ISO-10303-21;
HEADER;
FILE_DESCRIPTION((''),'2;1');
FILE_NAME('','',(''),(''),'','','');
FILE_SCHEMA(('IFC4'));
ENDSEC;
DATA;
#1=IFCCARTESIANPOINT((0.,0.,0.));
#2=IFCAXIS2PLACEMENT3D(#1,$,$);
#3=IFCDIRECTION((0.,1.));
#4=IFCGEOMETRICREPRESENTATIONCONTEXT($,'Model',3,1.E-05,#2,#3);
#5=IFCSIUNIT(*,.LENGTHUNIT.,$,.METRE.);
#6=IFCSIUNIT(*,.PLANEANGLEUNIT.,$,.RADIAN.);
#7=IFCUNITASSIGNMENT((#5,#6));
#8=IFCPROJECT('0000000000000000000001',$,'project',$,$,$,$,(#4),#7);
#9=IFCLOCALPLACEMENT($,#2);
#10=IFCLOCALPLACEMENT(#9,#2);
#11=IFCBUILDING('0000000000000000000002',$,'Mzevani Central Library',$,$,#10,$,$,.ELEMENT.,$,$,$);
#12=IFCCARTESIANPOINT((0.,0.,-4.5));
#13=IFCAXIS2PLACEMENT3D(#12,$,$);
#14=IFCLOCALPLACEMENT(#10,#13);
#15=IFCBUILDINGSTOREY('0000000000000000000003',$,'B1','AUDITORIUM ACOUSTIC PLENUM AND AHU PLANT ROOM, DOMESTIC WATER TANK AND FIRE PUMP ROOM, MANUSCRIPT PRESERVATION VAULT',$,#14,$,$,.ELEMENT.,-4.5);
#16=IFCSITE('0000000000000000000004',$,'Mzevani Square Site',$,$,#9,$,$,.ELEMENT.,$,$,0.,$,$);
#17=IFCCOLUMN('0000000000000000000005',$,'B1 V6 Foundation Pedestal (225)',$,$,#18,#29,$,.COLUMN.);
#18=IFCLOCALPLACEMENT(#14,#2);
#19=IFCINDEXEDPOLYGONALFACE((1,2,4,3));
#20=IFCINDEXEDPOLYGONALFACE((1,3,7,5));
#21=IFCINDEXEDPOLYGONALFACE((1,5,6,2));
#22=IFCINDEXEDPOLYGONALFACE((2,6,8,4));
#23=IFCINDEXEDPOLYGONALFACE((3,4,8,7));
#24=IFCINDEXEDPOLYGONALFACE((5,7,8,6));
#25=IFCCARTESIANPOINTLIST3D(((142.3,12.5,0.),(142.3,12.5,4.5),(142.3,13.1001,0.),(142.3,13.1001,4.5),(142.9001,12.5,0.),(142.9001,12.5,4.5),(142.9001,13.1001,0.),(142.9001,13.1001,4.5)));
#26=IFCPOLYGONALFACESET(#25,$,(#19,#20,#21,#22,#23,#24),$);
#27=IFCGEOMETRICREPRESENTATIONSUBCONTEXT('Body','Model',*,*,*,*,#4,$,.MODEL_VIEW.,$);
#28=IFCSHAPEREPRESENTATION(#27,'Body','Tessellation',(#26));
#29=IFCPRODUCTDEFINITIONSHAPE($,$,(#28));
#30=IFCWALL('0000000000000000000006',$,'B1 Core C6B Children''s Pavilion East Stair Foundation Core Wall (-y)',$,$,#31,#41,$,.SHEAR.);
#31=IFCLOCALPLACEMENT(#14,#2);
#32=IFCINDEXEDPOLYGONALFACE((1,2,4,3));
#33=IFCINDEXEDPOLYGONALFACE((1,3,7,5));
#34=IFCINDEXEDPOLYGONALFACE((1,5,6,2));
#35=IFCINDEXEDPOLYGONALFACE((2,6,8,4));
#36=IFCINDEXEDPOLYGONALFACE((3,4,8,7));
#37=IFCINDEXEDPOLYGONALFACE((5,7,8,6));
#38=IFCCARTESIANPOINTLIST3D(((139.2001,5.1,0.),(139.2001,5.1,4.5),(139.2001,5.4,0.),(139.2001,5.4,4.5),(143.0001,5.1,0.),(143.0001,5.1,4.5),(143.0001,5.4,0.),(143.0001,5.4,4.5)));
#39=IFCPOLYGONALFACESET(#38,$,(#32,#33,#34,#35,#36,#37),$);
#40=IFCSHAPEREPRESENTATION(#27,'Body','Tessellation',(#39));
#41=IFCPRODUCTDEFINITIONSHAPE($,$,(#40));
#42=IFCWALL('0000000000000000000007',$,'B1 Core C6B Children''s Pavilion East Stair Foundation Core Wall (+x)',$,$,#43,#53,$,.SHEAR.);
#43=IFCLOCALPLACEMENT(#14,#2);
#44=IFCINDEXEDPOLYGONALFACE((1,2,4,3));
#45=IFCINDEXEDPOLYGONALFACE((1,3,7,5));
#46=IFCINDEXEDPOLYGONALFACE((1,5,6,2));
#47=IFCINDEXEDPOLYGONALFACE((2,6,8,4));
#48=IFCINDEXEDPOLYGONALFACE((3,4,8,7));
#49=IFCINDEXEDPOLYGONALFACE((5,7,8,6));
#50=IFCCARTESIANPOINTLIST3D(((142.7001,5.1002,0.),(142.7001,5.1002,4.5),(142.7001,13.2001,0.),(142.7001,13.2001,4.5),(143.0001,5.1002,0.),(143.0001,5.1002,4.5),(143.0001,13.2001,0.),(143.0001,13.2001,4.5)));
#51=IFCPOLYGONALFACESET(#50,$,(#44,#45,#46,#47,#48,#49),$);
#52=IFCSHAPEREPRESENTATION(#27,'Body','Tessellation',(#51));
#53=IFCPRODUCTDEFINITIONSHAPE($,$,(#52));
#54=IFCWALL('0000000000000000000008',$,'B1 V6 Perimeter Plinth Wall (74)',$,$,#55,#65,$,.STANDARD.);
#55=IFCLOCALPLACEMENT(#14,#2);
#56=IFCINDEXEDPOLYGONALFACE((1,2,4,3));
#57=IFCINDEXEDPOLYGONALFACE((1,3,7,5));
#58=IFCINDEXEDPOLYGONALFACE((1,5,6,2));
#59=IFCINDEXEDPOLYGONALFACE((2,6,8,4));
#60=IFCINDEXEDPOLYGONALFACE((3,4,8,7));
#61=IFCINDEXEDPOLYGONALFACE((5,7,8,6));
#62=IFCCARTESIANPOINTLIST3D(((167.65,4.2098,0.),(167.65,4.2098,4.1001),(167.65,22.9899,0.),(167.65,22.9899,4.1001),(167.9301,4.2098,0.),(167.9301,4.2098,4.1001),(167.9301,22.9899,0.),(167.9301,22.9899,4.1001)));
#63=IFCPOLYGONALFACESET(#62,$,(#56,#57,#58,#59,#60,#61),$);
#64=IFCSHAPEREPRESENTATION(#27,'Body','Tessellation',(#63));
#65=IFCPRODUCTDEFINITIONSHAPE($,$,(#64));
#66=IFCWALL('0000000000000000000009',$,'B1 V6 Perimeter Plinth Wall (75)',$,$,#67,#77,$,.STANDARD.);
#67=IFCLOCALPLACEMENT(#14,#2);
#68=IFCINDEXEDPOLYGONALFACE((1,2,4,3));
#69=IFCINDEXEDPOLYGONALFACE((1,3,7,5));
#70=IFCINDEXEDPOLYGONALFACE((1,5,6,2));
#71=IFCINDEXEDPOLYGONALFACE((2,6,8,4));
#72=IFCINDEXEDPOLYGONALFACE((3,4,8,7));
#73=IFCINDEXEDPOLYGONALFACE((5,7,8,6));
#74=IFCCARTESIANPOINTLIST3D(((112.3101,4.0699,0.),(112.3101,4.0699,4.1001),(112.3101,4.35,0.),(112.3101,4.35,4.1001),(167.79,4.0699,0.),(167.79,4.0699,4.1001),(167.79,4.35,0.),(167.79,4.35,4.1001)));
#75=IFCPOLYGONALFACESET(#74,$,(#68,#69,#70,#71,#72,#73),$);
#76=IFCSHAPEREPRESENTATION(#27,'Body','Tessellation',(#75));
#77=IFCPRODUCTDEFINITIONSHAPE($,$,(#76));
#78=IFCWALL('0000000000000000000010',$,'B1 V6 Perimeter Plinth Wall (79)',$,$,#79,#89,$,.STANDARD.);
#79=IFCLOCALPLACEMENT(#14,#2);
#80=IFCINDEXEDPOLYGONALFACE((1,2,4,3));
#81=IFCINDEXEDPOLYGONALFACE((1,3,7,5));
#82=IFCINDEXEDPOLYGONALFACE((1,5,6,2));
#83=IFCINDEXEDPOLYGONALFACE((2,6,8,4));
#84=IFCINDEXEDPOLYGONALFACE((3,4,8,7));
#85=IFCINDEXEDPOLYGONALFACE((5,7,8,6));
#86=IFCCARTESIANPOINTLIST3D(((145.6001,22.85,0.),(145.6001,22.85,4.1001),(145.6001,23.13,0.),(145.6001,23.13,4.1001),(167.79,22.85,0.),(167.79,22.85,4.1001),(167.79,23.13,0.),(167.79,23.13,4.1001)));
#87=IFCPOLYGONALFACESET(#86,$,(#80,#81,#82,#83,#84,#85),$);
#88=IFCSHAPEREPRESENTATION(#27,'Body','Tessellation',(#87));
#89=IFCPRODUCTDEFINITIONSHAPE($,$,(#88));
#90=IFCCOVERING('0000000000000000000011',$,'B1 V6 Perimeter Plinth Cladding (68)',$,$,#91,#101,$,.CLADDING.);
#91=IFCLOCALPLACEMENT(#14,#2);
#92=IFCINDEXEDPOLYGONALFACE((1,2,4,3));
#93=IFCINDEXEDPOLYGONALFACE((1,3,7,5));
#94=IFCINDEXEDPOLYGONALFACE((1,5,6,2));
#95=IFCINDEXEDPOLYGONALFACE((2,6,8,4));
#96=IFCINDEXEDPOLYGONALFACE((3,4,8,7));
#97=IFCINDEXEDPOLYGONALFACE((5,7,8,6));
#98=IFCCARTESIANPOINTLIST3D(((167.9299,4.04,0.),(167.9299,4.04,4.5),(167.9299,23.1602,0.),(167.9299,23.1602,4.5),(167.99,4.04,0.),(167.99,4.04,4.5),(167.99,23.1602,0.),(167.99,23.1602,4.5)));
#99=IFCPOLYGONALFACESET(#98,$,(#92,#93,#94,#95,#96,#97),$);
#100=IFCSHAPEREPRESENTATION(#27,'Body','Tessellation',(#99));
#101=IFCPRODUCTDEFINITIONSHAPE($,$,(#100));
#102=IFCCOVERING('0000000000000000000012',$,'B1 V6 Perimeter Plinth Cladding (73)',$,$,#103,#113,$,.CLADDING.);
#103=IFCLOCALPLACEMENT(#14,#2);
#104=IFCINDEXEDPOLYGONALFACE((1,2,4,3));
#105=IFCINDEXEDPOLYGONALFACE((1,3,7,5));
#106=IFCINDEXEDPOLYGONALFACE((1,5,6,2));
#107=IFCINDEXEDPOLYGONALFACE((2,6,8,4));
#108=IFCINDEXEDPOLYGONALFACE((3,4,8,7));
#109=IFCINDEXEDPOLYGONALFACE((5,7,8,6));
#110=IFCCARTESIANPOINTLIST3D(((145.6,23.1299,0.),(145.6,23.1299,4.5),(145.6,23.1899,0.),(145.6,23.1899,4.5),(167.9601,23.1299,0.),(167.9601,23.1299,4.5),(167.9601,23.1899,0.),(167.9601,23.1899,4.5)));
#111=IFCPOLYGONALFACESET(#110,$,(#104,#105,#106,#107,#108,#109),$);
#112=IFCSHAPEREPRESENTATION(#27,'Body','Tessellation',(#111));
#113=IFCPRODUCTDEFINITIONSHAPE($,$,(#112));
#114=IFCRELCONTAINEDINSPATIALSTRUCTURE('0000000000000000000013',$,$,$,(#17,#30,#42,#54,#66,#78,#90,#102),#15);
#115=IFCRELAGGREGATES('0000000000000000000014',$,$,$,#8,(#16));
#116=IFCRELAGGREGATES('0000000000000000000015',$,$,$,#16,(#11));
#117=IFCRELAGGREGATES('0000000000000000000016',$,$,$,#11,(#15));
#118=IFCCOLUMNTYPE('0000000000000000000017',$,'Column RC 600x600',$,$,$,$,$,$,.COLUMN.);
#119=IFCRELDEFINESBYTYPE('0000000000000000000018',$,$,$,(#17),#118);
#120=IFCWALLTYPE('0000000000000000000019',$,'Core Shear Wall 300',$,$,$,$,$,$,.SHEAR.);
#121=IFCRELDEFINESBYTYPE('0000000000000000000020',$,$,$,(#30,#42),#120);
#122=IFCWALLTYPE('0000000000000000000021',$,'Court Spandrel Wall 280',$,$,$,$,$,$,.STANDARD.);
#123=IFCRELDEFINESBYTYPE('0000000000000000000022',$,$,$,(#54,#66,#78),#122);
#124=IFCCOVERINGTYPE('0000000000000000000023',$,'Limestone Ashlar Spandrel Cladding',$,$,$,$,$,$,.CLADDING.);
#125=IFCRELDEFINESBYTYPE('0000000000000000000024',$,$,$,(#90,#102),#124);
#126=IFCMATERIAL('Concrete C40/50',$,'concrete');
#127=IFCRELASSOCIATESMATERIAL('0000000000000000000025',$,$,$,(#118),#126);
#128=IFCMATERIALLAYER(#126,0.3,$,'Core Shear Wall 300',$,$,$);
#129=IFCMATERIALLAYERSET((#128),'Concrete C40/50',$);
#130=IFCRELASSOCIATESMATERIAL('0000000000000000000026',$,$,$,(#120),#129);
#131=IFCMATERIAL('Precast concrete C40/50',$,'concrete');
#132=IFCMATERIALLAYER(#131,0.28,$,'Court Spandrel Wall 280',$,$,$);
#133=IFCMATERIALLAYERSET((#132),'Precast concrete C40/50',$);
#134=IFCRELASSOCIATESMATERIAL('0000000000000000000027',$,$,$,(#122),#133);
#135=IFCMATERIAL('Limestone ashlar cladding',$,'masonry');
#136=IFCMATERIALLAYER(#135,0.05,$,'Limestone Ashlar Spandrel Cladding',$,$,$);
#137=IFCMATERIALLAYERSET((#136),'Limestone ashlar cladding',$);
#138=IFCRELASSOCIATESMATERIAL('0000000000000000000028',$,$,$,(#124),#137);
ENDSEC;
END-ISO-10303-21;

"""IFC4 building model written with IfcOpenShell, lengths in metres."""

from ifc_helpers import new_model, si_unit, direction, frame, frame_2d, origin, origin_2d, place, context, subcontext, project, spatial, rectangle, extrude, material, layer, layer_set, material_profile, profile_set, type_object, element, save


model = new_model("IFC4")

# Units and contexts
model_context = context("Model", 3, precision=1e-05, world=origin(), true_north=direction((0.0, 1.0)))
body_context = subcontext(model_context, "Body", "Model", "MODEL_VIEW")
ifc_project = project(units=[si_unit("LENGTHUNIT", "METRE"), si_unit("PLANEANGLEUNIT", "RADIAN")], contexts=[model_context])

# Site, building, storey
site_placement = place(None, origin())
site = spatial("IfcSite", under=ifc_project, at=site_placement, Name="Mzevani Square Site", CompositionType="ELEMENT", RefElevation=0.0)
building_placement = place(site_placement, origin())
building = spatial("IfcBuilding", under=site, at=building_placement, Name="Mzevani Central Library", CompositionType="ELEMENT")
storey_placement = place(building_placement, frame((0.0, 0.0, -4.5)))
storey = spatial("IfcBuildingStorey", under=building, at=storey_placement, Name="B1", Description="AUDITORIUM ACOUSTIC PLENUM AND AHU PLANT ROOM, DOMESTIC WATER TANK AND FIRE PUMP ROOM, MANUSCRIPT PRESERVATION VAULT", CompositionType="ELEMENT", Elevation=-4.5)

# Shared definitions
ifc_material_1 = material(Name="Concrete C40/50", Category="concrete")

# Column
ifc_material_profile_1 = material_profile(ifc_material_1, rectangle(XDim=0.6001, YDim=0.6001, at=origin_2d()), Name="RC 600x600")
ifc_profile_set_1 = profile_set([ifc_material_profile_1], Name="Concrete C40/50")
column_type = type_object("IfcColumnType", Name="Column RC 600x600", PredefinedType="COLUMN", material=ifc_profile_set_1)
for number, where, z_axis, x_axis, name in (
    (1, (142.6001, 12.8, 0.0), (0.0, 0.0, 1.0), (1.0, 0.0, 0.0), "B1 V6 Foundation Pedestal (225)"),
):
    element("IfcColumn", number, at=place(storey_placement, frame(where, z_axis=z_axis, x_axis=x_axis)), inside=storey, type_object=column_type, Name=name, PredefinedType="COLUMN", context=body_context, shape_type="SweptSolid", body=[
        extrude(rectangle(XDim=0.6001, YDim=0.6001, at=origin_2d()), origin(), (0.0, 0.0, 1.0), 4.5),
    ])

# Walls
ifc_layer_1 = layer(ifc_material_1, 0.3, Name="Core Shear Wall 300")
ifc_layer_set_1 = layer_set([ifc_layer_1], Name="Concrete C40/50")
wall_type_1 = type_object("IfcWallType", Name="Core Shear Wall 300", PredefinedType="SHEAR", material=ifc_layer_set_1)
wall_1_placement = place(storey_placement, frame((143.0, 5.25, 0.0), z_axis=(0.0, 0.0, 1.0), x_axis=(-1.0, 0.0, 0.0)))
element("IfcWall", 2, at=wall_1_placement, inside=storey, type_object=wall_type_1, Name="B1 Core C6B Children's Pavilion East Stair Foundation Core Wall (-y)", PredefinedType="SHEAR", context=body_context, shape_type="SweptSolid", body=[
    extrude(rectangle(XDim=3.8, YDim=0.3, at=frame_2d((1.8999, 0.0))), origin(), (0.0, 0.0, 1.0), 4.5),
])
wall_2_placement = place(storey_placement, frame((142.8501, 13.2, 0.0), z_axis=(0.0, 0.0, 1.0), x_axis=(0.0, -1.0, 0.0)))
element("IfcWall", 3, at=wall_2_placement, inside=storey, type_object=wall_type_1, Name="B1 Core C6B Children's Pavilion East Stair Foundation Core Wall (+x)", PredefinedType="SHEAR", context=body_context, shape_type="SweptSolid", body=[
    extrude(rectangle(XDim=8.0999, YDim=0.3, at=frame_2d((4.0498, 0.0))), origin(), (0.0, 0.0, 1.0), 4.5),
])
ifc_material_2 = material(Name="Precast concrete C40/50", Category="concrete")
ifc_layer_2 = layer(ifc_material_2, 0.28, Name="Court Spandrel Wall 280")
ifc_layer_set_2 = layer_set([ifc_layer_2], Name="Precast concrete C40/50")
wall_type_2 = type_object("IfcWallType", Name="Court Spandrel Wall 280", PredefinedType="STANDARD", material=ifc_layer_set_2)
wall_3_placement = place(storey_placement, frame((167.79, 22.99, 0.0), z_axis=(0.0, 0.0, 1.0), x_axis=(0.0, -1.0, 0.0)))
element("IfcWall", 4, at=wall_3_placement, inside=storey, type_object=wall_type_2, Name="B1 V6 Perimeter Plinth Wall (74)", PredefinedType="STANDARD", context=body_context, shape_type="SweptSolid", body=[
    extrude(rectangle(XDim=18.78, YDim=0.28, at=frame_2d((9.3901, 0.0))), origin(), (0.0, 0.0, 1.0), 4.1001),
])
wall_4_placement = place(storey_placement, frame((167.79, 4.21, 0.0), z_axis=(0.0, 0.0, 1.0), x_axis=(-1.0, 0.0, 0.0)))
element("IfcWall", 5, at=wall_4_placement, inside=storey, type_object=wall_type_2, Name="B1 V6 Perimeter Plinth Wall (75)", PredefinedType="STANDARD", context=body_context, shape_type="SweptSolid", body=[
    extrude(rectangle(XDim=55.48, YDim=0.28, at=frame_2d((27.74, 0.0))), origin(), (0.0, 0.0, 1.0), 4.1001),
])
wall_5_placement = place(storey_placement, frame((145.6001, 22.99, 0.0), z_axis=(0.0, 0.0, 1.0), x_axis=(1.0, 0.0, 0.0)))
element("IfcWall", 6, at=wall_5_placement, inside=storey, type_object=wall_type_2, Name="B1 V6 Perimeter Plinth Wall (79)", PredefinedType="STANDARD", context=body_context, shape_type="SweptSolid", body=[
    extrude(rectangle(XDim=22.1899, YDim=0.28, at=frame_2d((11.095, 0.0))), origin(), (0.0, 0.0, 1.0), 4.1001),
])

# Coverings
ifc_material_3 = material(Name="Limestone ashlar cladding", Category="masonry")
ifc_layer_3 = layer(ifc_material_3, 0.05, Name="Limestone Ashlar Spandrel Cladding")
ifc_layer_set_3 = layer_set([ifc_layer_3], Name="Limestone ashlar cladding")
covering_type = type_object("IfcCoveringType", Name="Limestone Ashlar Spandrel Cladding", PredefinedType="CLADDING", material=ifc_layer_set_3)
covering_1_placement = place(storey_placement, frame((167.96, 13.6001, 0.0), z_axis=(0.0, 0.0, 1.0), x_axis=(0.0, -1.0, 0.0)))
element("IfcCovering", 7, at=covering_1_placement, inside=storey, type_object=covering_type, Name="B1 V6 Perimeter Plinth Cladding (68)", PredefinedType="CLADDING", context=body_context, shape_type="SweptSolid", body=[
    extrude(rectangle(XDim=19.1201, YDim=0.0601, at=origin_2d()), origin(), (0.0, 0.0, 1.0), 4.5),
])
covering_2_placement = place(storey_placement, frame((156.78, 23.1599, 0.0), z_axis=(0.0, 0.0, 1.0), x_axis=(1.0, 0.0, 0.0)))
element("IfcCovering", 8, at=covering_2_placement, inside=storey, type_object=covering_type, Name="B1 V6 Perimeter Plinth Cladding (73)", PredefinedType="CLADDING", context=body_context, shape_type="SweptSolid", body=[
    extrude(rectangle(XDim=22.3601, YDim=0.0601, at=origin_2d()), origin(), (0.0, 0.0, 1.0), 4.5),
])

save(model, "model.ifc")
